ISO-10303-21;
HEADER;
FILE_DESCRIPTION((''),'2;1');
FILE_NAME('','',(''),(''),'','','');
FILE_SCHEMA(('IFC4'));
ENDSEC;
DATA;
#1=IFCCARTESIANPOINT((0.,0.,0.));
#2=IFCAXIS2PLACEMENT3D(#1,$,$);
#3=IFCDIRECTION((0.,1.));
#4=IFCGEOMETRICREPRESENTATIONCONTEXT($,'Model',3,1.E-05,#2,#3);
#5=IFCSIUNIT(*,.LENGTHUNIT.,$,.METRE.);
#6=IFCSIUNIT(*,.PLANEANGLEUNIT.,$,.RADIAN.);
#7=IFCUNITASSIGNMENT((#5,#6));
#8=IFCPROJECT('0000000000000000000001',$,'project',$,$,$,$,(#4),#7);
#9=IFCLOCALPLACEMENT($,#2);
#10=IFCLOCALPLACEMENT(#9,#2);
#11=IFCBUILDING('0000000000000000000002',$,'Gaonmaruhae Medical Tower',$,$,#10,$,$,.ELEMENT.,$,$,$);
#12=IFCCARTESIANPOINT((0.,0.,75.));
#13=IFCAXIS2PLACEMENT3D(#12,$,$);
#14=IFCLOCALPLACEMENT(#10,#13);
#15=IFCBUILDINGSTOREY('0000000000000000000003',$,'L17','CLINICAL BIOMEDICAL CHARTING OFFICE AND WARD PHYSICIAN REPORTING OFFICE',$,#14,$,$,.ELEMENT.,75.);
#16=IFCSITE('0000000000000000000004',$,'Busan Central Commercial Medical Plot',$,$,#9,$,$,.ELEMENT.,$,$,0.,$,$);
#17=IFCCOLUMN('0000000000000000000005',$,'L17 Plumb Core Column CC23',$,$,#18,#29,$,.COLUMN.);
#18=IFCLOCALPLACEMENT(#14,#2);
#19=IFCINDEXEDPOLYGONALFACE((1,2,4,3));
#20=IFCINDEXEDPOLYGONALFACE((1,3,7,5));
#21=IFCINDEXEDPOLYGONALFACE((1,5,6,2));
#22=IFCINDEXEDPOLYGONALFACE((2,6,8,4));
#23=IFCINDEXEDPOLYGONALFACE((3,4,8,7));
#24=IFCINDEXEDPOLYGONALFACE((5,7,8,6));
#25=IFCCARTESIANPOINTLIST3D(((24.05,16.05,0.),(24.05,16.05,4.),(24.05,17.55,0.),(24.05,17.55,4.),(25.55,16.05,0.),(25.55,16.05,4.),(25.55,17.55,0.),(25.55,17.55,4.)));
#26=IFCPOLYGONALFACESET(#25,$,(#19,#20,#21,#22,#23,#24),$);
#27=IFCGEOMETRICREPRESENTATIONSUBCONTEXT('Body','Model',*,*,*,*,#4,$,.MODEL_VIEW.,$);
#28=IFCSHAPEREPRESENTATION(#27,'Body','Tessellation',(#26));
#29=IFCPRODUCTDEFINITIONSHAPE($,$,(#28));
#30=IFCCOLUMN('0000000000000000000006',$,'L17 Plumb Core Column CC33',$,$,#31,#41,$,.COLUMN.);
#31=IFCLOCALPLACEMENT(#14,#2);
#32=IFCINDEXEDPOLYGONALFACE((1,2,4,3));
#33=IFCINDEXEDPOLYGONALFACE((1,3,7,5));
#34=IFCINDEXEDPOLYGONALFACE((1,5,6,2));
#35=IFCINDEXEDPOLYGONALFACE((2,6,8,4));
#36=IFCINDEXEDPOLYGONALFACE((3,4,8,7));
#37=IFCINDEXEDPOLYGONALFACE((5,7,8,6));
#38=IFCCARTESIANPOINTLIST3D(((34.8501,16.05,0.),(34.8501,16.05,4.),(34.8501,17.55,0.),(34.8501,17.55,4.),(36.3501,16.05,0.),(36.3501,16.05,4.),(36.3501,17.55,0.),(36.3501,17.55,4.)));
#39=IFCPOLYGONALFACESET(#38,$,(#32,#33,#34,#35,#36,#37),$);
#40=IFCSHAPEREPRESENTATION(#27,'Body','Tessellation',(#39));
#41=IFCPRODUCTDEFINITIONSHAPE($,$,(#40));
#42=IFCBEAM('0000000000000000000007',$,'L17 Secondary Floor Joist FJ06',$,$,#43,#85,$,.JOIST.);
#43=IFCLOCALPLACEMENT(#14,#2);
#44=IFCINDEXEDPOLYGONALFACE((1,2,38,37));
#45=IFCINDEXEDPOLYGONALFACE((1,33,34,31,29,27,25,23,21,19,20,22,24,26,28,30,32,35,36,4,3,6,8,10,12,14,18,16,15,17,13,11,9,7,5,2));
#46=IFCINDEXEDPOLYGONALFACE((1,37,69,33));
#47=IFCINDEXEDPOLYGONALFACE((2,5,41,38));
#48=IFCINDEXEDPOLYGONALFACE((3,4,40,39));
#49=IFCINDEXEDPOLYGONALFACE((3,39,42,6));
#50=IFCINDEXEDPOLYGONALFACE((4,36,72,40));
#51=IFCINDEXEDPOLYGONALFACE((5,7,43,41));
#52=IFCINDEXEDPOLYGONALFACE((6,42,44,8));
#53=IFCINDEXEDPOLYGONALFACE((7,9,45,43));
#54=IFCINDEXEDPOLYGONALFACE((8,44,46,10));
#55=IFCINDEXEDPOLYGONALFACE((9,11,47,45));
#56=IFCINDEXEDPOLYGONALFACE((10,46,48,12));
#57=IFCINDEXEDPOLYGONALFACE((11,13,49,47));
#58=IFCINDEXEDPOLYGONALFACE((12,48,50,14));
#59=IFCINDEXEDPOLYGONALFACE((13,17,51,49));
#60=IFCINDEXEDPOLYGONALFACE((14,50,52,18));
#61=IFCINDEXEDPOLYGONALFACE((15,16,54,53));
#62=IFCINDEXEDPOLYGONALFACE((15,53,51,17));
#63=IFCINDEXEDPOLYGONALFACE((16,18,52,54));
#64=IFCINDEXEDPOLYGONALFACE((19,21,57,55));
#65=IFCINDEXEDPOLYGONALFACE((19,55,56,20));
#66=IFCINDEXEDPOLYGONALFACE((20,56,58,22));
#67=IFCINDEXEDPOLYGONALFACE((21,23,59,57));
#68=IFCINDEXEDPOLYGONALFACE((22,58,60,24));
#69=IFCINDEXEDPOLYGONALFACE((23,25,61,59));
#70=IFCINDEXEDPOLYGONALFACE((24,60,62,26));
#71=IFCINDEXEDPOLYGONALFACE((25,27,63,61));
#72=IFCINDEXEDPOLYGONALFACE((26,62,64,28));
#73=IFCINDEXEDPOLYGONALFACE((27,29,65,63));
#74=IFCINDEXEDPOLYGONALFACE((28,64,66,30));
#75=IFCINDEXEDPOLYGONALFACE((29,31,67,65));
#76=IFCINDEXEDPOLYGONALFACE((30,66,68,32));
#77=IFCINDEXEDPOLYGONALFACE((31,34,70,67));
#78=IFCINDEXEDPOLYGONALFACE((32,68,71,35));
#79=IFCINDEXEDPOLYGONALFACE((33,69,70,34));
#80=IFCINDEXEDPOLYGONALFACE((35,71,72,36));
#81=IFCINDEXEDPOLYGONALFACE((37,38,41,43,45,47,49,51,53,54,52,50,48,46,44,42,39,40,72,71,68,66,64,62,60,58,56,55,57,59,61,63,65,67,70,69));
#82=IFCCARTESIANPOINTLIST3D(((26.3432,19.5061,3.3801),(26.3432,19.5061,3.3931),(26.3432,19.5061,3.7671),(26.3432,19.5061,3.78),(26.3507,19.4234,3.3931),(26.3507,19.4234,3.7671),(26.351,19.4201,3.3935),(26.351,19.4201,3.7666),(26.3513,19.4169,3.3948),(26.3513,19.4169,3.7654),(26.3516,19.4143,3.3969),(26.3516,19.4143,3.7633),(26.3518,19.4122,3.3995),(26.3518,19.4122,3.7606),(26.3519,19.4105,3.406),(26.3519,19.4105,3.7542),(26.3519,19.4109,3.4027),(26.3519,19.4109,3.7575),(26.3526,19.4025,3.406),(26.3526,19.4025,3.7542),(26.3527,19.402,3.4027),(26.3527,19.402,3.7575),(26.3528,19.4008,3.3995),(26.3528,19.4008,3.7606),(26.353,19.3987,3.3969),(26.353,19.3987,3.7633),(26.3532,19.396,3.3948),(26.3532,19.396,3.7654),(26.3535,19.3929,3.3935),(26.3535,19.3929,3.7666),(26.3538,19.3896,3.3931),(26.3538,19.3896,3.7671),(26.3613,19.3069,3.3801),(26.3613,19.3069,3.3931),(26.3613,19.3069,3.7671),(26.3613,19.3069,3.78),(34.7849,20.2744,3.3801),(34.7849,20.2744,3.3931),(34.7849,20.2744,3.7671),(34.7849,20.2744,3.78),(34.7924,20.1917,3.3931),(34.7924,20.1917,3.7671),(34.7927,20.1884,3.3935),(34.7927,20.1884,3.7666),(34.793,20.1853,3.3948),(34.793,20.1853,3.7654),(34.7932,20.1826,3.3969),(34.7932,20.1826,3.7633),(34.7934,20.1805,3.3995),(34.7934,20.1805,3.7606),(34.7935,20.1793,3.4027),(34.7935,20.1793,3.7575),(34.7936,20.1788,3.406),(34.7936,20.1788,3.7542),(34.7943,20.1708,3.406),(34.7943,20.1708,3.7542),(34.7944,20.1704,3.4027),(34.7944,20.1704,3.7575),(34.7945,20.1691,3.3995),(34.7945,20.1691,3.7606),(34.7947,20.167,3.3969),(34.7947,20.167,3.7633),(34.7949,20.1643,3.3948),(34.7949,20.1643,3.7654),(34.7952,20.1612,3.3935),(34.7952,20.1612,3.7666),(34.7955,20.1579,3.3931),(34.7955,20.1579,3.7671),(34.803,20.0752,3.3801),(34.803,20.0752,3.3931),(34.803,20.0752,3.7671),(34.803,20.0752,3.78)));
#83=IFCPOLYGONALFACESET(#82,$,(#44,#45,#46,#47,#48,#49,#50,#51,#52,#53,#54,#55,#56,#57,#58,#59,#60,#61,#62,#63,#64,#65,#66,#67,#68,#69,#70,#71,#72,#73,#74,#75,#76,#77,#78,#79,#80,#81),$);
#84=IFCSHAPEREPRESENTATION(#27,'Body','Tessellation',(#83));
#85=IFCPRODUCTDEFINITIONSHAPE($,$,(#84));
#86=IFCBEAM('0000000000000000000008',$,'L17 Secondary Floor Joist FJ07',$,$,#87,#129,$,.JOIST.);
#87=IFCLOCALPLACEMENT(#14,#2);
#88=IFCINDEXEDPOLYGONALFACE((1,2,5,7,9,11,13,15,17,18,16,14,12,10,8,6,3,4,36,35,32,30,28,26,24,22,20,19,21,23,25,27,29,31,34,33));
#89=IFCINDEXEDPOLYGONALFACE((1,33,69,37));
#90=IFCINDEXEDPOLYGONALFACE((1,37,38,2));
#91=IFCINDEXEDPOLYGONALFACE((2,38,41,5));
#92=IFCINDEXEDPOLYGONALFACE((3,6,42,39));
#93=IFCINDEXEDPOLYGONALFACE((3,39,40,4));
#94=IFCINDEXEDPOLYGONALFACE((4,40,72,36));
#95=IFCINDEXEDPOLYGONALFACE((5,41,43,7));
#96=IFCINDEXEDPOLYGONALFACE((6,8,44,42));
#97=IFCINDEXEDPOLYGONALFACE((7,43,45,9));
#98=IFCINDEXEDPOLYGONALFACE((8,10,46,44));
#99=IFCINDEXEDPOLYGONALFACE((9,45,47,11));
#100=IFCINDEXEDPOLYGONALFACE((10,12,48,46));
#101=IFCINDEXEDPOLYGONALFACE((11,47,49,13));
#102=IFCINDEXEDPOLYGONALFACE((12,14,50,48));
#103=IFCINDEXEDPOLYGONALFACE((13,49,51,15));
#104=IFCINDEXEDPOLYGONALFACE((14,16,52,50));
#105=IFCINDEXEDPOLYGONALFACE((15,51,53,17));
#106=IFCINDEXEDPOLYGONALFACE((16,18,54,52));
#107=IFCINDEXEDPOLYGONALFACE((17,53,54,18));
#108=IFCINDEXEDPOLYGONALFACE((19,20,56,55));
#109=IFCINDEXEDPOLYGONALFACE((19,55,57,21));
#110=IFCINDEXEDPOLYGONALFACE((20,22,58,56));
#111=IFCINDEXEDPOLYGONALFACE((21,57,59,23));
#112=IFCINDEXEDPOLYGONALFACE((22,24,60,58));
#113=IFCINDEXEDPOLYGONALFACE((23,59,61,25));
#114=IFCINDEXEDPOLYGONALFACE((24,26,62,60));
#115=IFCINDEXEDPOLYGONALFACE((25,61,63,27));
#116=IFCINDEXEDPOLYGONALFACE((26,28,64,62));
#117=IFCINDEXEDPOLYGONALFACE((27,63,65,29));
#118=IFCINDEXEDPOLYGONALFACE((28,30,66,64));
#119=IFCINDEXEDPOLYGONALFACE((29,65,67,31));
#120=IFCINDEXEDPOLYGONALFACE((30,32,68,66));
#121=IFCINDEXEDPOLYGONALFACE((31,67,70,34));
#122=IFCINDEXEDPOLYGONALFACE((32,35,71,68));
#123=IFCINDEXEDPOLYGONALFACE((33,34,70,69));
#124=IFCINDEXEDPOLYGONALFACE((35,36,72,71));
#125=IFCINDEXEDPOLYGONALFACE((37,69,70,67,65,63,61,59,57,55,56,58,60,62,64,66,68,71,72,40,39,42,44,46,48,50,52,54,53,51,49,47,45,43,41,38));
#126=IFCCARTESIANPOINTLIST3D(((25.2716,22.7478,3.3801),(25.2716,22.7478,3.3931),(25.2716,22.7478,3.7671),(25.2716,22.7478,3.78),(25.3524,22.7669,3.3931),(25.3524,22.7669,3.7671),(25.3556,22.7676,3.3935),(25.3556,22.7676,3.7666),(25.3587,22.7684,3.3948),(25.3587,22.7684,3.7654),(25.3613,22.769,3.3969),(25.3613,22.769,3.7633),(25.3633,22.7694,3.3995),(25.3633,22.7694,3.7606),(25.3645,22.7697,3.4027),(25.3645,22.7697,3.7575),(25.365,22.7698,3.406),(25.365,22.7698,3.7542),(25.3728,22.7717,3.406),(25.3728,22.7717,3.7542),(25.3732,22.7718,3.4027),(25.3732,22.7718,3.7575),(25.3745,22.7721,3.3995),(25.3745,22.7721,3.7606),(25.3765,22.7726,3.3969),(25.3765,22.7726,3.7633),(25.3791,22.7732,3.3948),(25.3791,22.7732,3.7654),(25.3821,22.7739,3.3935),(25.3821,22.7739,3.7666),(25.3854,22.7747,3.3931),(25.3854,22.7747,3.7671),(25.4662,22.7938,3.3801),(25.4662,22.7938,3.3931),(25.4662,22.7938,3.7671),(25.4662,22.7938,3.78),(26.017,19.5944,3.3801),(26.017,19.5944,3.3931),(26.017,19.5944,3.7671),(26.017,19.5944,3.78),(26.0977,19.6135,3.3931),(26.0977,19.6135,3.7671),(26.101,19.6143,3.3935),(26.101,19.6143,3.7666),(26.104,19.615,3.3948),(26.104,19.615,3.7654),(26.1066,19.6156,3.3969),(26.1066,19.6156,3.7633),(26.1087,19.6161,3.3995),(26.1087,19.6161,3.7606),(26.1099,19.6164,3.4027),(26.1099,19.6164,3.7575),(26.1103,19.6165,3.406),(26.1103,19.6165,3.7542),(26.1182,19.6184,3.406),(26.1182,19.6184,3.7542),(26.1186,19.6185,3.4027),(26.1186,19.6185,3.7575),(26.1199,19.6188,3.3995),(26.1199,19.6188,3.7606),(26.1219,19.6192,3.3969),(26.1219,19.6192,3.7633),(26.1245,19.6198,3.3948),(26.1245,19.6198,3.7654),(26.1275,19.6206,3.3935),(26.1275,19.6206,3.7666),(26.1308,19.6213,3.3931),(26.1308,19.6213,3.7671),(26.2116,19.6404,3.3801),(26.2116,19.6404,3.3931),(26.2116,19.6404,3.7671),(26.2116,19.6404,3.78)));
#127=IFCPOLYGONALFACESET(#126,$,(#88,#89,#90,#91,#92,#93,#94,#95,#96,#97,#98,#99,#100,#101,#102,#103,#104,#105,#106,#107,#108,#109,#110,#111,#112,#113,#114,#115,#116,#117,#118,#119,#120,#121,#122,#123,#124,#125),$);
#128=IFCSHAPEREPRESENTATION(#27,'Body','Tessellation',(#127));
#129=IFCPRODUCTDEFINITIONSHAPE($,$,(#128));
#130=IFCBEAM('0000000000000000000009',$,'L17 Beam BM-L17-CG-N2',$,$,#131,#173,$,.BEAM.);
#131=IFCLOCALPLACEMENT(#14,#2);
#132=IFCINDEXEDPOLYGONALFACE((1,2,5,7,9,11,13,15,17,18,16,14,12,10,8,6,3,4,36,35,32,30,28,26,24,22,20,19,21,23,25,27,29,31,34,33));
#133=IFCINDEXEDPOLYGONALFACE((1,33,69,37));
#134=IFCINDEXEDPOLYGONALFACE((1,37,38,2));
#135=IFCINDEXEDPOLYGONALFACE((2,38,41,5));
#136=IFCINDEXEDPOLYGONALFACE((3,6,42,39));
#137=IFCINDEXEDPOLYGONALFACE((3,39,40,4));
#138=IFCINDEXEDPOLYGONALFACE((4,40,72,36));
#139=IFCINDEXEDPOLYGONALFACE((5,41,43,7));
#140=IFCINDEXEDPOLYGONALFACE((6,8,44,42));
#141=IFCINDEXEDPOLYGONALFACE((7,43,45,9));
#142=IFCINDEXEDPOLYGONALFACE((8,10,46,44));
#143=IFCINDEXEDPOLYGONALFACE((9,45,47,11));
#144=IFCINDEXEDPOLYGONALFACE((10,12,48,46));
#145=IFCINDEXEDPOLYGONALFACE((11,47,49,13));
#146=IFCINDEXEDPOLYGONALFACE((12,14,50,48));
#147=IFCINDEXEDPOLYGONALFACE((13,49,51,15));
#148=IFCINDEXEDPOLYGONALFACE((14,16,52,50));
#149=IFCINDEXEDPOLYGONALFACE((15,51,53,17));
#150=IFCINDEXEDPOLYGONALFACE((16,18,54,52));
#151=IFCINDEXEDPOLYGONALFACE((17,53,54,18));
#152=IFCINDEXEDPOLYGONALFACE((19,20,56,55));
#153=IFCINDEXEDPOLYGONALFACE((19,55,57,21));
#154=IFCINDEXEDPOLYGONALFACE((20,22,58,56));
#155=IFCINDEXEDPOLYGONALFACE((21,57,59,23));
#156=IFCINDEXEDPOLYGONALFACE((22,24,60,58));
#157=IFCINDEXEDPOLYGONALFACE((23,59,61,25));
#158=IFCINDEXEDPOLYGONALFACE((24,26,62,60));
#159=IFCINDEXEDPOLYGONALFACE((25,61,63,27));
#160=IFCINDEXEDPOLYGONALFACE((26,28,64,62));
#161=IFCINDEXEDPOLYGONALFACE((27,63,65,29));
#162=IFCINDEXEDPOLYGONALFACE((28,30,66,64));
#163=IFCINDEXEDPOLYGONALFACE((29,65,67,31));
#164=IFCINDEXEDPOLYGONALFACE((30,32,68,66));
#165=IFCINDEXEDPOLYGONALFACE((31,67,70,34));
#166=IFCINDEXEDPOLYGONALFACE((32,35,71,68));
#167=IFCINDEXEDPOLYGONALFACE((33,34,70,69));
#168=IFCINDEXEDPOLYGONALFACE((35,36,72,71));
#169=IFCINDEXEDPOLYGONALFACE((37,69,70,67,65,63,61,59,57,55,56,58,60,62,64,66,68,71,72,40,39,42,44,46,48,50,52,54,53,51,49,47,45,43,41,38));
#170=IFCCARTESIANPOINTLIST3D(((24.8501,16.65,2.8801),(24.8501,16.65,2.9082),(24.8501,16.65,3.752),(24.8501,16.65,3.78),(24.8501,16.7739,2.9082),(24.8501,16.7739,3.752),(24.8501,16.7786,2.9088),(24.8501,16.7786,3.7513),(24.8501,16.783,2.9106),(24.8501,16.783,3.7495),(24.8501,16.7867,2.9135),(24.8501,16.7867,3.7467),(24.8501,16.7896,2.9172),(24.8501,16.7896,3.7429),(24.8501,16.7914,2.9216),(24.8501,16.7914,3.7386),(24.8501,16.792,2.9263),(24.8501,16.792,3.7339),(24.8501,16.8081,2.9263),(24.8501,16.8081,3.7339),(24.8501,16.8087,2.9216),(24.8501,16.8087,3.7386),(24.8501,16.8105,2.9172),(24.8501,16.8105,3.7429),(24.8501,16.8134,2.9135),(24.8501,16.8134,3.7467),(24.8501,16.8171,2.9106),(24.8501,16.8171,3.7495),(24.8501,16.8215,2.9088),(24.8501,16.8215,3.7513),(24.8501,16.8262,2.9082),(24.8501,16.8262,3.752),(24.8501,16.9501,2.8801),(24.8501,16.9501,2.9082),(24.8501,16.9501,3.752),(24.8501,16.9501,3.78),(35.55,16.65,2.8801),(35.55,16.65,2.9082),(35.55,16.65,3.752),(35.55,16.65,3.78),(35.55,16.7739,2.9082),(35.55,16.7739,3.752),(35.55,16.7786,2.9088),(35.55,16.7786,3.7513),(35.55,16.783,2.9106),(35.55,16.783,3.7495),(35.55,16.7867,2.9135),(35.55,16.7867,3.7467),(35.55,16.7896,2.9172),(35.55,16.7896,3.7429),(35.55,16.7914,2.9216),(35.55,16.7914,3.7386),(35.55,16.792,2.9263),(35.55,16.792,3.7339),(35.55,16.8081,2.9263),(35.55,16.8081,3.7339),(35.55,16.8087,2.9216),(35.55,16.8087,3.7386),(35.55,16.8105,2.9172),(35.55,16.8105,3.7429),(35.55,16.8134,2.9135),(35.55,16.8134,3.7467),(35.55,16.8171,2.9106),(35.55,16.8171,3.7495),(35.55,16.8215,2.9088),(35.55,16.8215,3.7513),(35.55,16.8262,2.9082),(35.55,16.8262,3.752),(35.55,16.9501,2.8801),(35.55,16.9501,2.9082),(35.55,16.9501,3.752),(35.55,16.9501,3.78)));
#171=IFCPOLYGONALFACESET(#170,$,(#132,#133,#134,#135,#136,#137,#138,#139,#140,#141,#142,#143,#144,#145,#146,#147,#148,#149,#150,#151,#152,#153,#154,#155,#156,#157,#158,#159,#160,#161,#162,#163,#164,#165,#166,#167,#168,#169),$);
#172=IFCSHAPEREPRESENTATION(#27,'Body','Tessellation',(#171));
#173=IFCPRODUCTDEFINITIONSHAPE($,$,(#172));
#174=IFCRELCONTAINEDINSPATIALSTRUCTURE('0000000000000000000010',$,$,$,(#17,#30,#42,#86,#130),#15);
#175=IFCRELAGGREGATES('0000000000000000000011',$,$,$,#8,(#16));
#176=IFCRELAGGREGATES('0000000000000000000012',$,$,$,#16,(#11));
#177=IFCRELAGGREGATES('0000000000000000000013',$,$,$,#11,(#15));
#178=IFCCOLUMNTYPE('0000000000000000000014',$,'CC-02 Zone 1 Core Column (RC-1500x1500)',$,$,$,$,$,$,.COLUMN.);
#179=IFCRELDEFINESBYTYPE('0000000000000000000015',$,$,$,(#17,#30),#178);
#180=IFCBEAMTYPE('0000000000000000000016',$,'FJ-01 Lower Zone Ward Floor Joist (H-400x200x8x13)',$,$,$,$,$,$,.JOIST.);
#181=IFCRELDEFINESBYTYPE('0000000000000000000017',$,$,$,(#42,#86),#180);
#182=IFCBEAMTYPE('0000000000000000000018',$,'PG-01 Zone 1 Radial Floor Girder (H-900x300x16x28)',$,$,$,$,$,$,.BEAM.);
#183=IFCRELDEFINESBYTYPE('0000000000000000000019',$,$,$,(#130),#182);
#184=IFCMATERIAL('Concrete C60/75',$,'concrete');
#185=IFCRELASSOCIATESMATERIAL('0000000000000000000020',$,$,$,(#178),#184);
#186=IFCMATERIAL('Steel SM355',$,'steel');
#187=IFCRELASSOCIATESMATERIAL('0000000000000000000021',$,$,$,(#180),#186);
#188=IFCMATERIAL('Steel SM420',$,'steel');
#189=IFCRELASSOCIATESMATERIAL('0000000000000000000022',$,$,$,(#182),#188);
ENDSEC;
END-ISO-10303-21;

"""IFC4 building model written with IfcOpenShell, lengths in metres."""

from ifc_helpers import new_model, si_unit, direction, frame, origin, origin_2d, place, context, subcontext, project, spatial, rectangle, i_section, extrude, material, material_profile, profile_set, type_object, element, save


model = new_model("IFC4")

# Units and contexts
model_context = context("Model", 3, precision=1e-05, world=origin(), true_north=direction((0.0, 1.0)))
body_context = subcontext(model_context, "Body", "Model", "MODEL_VIEW")
ifc_project = project(units=[si_unit("LENGTHUNIT", "METRE"), si_unit("PLANEANGLEUNIT", "RADIAN")], contexts=[model_context])

# Site, building, storey
site_placement = place(None, origin())
site = spatial("IfcSite", under=ifc_project, at=site_placement, Name="Busan Central Commercial Medical Plot", CompositionType="ELEMENT", RefElevation=0.0)
building_placement = place(site_placement, origin())
building = spatial("IfcBuilding", under=site, at=building_placement, Name="Gaonmaruhae Medical Tower", CompositionType="ELEMENT")
storey_placement = place(building_placement, frame((0.0, 0.0, 75.0)))
storey = spatial("IfcBuildingStorey", under=building, at=storey_placement, Name="L17", Description="CLINICAL BIOMEDICAL CHARTING OFFICE AND WARD PHYSICIAN REPORTING OFFICE", CompositionType="ELEMENT", Elevation=75.0)

# Columns
ifc_material_1 = material(Name="Concrete C60/75", Category="concrete")
ifc_material_profile_1 = material_profile(ifc_material_1, rectangle(XDim=1.5, YDim=1.5, at=origin_2d()), Name="RC-1500x1500")
ifc_profile_set_1 = profile_set([ifc_material_profile_1], Name="Concrete C60/75")
column_type = type_object("IfcColumnType", Name="CC-02 Zone 1 Core Column (RC-1500x1500)", PredefinedType="COLUMN", material=ifc_profile_set_1)
for number, where, z_axis, x_axis, name in (
    (1, (24.8, 16.8, 0.0), (0.0, 0.0, 1.0), (1.0, 0.0, 0.0), "L17 Plumb Core Column CC23"),
    (2, (35.6001, 16.8, 0.0), (0.0, 0.0, 1.0), (1.0, 0.0, 0.0), "L17 Plumb Core Column CC33"),
):
    element("IfcColumn", number, at=place(storey_placement, frame(where, z_axis=z_axis, x_axis=x_axis)), inside=storey, type_object=column_type, Name=name, PredefinedType="COLUMN", context=body_context, shape_type="SweptSolid", body=[
        extrude(rectangle(XDim=1.5, YDim=1.5, at=origin_2d()), origin(), (0.0, 0.0, 1.0), 4.0),
    ])

# Beams
ifc_material_2 = material(Name="Steel SM355", Category="steel")
ifc_material_profile_2 = material_profile(ifc_material_2, i_section(OverallWidth=0.2, OverallDepth=0.3999, WebThickness=0.0081, FlangeThickness=0.0129, FilletRadius=0.0129, at=origin_2d()), Name="H-400x200x8x13")
ifc_profile_set_2 = profile_set([ifc_material_profile_2], Name="Steel SM355")
beam_type_1 = type_object("IfcBeamType", Name="FJ-01 Lower Zone Ward Floor Joist (H-400x200x8x13)", PredefinedType="JOIST", material=ifc_profile_set_2)
beam_1_placement = place(storey_placement, frame((34.7939, 20.1748, 3.5801), z_axis=(-0.995884, -0.09064, 0.0), x_axis=(0.09064, -0.995884, 0.0)))
element("IfcBeam", 3, at=beam_1_placement, inside=storey, type_object=beam_type_1, Name="L17 Secondary Floor Joist FJ06", PredefinedType="JOIST", context=body_context, shape_type="SweptSolid", body=[
    extrude(i_section(OverallWidth=0.2, OverallDepth=0.3999, WebThickness=0.0081, FlangeThickness=0.0129, FilletRadius=0.0129, at=origin_2d()), origin(), (0.0, 0.0, 1.0), 8.4766),
])
beam_2_placement = place(storey_placement, frame((26.1143, 19.6174, 3.5801), z_axis=(-0.230035, 0.973182, 0.0), x_axis=(-0.973182, -0.230035, 0.0)))
element("IfcBeam", 4, at=beam_2_placement, inside=storey, type_object=beam_type_1, Name="L17 Secondary Floor Joist FJ07", PredefinedType="JOIST", context=body_context, shape_type="SweptSolid", body=[
    extrude(i_section(OverallWidth=0.2, OverallDepth=0.3999, WebThickness=0.0081, FlangeThickness=0.0129, FilletRadius=0.0129, at=origin_2d()), origin(), (0.0, 0.0, 1.0), 3.2402),
])
ifc_material_3 = material(Name="Steel SM420", Category="steel")
ifc_material_profile_3 = material_profile(ifc_material_3, i_section(OverallWidth=0.3, OverallDepth=0.8999, WebThickness=0.0161, FlangeThickness=0.0281, FilletRadius=0.0181, at=origin_2d()), Name="H-900x300x16x28")
ifc_profile_set_3 = profile_set([ifc_material_profile_3], Name="Steel SM420")
beam_type_2 = type_object("IfcBeamType", Name="PG-01 Zone 1 Radial Floor Girder (H-900x300x16x28)", PredefinedType="BEAM", material=ifc_profile_set_3)
beam_3_placement = place(storey_placement, frame((24.8501, 16.8, 3.3301), z_axis=(1.0, 0.0, 0.0), x_axis=(0.0, 1.0, 0.0)))
element("IfcBeam", 5, at=beam_3_placement, inside=storey, type_object=beam_type_2, Name="L17 Beam BM-L17-CG-N2", PredefinedType="BEAM", context=body_context, shape_type="SweptSolid", body=[
    extrude(i_section(OverallWidth=0.3, OverallDepth=0.8999, WebThickness=0.0161, FlangeThickness=0.0281, FilletRadius=0.0181, at=origin_2d()), origin(), (0.0, 0.0, 1.0), 10.7),
])

save(model, "model.ifc")
